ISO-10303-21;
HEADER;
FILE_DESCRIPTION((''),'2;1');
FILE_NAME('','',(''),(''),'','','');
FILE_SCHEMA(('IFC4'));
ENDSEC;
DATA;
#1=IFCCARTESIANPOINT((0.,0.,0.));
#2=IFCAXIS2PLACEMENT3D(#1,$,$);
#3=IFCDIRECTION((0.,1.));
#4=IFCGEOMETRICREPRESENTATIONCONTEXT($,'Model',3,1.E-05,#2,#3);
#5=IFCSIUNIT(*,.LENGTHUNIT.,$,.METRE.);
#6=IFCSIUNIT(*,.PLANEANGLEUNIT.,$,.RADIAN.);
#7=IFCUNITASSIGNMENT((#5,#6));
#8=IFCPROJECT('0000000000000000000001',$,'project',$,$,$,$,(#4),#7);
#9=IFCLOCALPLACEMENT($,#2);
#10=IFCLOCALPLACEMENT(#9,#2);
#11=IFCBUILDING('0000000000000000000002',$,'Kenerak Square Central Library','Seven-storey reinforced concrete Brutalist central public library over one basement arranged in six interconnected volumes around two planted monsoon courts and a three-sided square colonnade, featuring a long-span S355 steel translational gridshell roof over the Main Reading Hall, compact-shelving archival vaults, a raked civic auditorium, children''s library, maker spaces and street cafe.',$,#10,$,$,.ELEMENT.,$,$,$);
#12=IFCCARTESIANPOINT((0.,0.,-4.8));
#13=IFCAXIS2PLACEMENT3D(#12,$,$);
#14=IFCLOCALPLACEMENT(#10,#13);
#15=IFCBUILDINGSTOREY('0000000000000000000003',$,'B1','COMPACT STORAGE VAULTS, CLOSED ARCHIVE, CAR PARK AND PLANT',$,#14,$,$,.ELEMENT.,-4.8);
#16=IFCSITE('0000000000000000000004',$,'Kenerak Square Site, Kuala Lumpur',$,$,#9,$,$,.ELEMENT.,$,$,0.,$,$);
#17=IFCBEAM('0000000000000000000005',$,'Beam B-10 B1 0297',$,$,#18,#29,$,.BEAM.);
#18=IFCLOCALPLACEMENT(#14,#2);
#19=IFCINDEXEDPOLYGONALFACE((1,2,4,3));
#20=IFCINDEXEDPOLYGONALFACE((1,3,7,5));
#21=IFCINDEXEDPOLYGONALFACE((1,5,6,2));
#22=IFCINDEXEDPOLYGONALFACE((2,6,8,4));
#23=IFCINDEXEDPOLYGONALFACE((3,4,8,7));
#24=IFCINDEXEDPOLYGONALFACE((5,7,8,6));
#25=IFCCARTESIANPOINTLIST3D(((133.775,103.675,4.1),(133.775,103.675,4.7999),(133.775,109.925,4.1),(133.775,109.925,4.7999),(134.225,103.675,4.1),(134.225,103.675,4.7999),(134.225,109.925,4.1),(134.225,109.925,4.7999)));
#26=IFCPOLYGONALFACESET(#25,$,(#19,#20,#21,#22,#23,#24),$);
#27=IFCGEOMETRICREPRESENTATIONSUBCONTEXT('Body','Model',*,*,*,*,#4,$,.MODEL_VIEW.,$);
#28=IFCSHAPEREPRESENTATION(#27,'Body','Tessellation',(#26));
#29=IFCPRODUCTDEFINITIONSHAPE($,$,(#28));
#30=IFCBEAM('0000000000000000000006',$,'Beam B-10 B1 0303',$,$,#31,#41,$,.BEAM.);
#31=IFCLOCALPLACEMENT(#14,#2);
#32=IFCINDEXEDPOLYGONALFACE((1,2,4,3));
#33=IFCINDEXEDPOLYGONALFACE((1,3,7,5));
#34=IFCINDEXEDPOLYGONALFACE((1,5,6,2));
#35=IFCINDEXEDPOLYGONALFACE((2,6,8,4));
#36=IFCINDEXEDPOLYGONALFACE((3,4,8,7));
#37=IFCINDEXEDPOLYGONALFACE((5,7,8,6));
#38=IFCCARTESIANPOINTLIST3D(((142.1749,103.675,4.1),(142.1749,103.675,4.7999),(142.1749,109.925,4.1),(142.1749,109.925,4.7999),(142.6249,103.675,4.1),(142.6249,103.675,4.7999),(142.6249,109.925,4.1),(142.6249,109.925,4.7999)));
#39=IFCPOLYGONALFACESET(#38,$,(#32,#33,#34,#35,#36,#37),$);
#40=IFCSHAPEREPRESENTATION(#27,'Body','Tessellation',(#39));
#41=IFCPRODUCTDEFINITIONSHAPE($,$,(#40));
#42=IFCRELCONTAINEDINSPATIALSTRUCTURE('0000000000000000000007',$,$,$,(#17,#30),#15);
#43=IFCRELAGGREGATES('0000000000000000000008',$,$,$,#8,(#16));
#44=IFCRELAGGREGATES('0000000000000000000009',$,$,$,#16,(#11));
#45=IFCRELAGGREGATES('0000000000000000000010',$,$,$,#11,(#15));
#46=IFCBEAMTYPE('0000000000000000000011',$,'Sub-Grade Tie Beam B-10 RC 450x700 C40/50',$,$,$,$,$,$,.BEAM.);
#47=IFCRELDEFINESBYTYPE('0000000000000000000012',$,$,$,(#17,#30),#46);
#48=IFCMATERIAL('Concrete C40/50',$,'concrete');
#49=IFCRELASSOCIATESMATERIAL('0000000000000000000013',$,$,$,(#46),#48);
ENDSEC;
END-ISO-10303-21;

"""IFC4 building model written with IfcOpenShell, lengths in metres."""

from ifc_helpers import new_model, si_unit, direction, frame, origin, origin_2d, place, context, subcontext, project, spatial, rectangle, extrude, material, material_profile, profile_set, type_object, element, save


model = new_model("IFC4")

# Units and contexts
model_context = context("Model", 3, precision=1e-05, world=origin(), true_north=direction((0.0, 1.0)))
body_context = subcontext(model_context, "Body", "Model", "MODEL_VIEW")
ifc_project = project(units=[si_unit("LENGTHUNIT", "METRE"), si_unit("PLANEANGLEUNIT", "RADIAN")], contexts=[model_context])

# Site, building, storey
site_placement = place(None, origin())
site = spatial("IfcSite", under=ifc_project, at=site_placement, Name="Kenerak Square Site, Kuala Lumpur", CompositionType="ELEMENT", RefElevation=0.0)
building_placement = place(site_placement, origin())
building = spatial("IfcBuilding", under=site, at=building_placement, Name="Kenerak Square Central Library", Description="Seven-storey reinforced concrete Brutalist central public library over one basement arranged in six interconnected volumes around two planted monsoon courts and a three-sided square colonnade, featuring a long-span S355 steel translational gridshell roof over the Main Reading Hall, compact-shelving archival vaults, a raked civic auditorium, children's library, maker spaces and street cafe.", CompositionType="ELEMENT")
storey_placement = place(building_placement, frame((0.0, 0.0, -4.8)))
storey = spatial("IfcBuildingStorey", under=building, at=storey_placement, Name="B1", Description="COMPACT STORAGE VAULTS, CLOSED ARCHIVE, CAR PARK AND PLANT", CompositionType="ELEMENT", Elevation=-4.8)

# Shared definitions
ifc_material_1 = material(Name="Concrete C40/50", Category="concrete")

# Beams
ifc_material_profile_1 = material_profile(ifc_material_1, rectangle(XDim=0.45, YDim=0.7, at=origin_2d()), Name="RC 450x700")
ifc_profile_set_1 = profile_set([ifc_material_profile_1], Name="Concrete C40/50")
beam_type_1 = type_object("IfcBeamType", Name="Sub-Grade Tie Beam B-10 RC 450x700 C40/50", PredefinedType="BEAM", material=ifc_profile_set_1)
for number, where, z_axis, x_axis, name in (
    (1, (134.0, 103.675, 4.45), (0.0, 1.0, 0.0), (-1.0, 0.0, 0.0), "Beam B-10 B1 0297"),
    (2, (142.3999, 103.675, 4.45), (0.0, 1.0, 0.0), (-1.0, 0.0, 0.0), "Beam B-10 B1 0303"),
):
    element("IfcBeam", number, at=place(storey_placement, frame(where, z_axis=z_axis, x_axis=x_axis)), inside=storey, type_object=beam_type_1, Name=name, PredefinedType="BEAM", context=body_context, shape_type="SweptSolid", body=[
        extrude(rectangle(XDim=0.45, YDim=0.7, at=origin_2d()), origin(), (0.0, 0.0, 1.0), 6.25),
    ])

save(model, "model.ifc")
